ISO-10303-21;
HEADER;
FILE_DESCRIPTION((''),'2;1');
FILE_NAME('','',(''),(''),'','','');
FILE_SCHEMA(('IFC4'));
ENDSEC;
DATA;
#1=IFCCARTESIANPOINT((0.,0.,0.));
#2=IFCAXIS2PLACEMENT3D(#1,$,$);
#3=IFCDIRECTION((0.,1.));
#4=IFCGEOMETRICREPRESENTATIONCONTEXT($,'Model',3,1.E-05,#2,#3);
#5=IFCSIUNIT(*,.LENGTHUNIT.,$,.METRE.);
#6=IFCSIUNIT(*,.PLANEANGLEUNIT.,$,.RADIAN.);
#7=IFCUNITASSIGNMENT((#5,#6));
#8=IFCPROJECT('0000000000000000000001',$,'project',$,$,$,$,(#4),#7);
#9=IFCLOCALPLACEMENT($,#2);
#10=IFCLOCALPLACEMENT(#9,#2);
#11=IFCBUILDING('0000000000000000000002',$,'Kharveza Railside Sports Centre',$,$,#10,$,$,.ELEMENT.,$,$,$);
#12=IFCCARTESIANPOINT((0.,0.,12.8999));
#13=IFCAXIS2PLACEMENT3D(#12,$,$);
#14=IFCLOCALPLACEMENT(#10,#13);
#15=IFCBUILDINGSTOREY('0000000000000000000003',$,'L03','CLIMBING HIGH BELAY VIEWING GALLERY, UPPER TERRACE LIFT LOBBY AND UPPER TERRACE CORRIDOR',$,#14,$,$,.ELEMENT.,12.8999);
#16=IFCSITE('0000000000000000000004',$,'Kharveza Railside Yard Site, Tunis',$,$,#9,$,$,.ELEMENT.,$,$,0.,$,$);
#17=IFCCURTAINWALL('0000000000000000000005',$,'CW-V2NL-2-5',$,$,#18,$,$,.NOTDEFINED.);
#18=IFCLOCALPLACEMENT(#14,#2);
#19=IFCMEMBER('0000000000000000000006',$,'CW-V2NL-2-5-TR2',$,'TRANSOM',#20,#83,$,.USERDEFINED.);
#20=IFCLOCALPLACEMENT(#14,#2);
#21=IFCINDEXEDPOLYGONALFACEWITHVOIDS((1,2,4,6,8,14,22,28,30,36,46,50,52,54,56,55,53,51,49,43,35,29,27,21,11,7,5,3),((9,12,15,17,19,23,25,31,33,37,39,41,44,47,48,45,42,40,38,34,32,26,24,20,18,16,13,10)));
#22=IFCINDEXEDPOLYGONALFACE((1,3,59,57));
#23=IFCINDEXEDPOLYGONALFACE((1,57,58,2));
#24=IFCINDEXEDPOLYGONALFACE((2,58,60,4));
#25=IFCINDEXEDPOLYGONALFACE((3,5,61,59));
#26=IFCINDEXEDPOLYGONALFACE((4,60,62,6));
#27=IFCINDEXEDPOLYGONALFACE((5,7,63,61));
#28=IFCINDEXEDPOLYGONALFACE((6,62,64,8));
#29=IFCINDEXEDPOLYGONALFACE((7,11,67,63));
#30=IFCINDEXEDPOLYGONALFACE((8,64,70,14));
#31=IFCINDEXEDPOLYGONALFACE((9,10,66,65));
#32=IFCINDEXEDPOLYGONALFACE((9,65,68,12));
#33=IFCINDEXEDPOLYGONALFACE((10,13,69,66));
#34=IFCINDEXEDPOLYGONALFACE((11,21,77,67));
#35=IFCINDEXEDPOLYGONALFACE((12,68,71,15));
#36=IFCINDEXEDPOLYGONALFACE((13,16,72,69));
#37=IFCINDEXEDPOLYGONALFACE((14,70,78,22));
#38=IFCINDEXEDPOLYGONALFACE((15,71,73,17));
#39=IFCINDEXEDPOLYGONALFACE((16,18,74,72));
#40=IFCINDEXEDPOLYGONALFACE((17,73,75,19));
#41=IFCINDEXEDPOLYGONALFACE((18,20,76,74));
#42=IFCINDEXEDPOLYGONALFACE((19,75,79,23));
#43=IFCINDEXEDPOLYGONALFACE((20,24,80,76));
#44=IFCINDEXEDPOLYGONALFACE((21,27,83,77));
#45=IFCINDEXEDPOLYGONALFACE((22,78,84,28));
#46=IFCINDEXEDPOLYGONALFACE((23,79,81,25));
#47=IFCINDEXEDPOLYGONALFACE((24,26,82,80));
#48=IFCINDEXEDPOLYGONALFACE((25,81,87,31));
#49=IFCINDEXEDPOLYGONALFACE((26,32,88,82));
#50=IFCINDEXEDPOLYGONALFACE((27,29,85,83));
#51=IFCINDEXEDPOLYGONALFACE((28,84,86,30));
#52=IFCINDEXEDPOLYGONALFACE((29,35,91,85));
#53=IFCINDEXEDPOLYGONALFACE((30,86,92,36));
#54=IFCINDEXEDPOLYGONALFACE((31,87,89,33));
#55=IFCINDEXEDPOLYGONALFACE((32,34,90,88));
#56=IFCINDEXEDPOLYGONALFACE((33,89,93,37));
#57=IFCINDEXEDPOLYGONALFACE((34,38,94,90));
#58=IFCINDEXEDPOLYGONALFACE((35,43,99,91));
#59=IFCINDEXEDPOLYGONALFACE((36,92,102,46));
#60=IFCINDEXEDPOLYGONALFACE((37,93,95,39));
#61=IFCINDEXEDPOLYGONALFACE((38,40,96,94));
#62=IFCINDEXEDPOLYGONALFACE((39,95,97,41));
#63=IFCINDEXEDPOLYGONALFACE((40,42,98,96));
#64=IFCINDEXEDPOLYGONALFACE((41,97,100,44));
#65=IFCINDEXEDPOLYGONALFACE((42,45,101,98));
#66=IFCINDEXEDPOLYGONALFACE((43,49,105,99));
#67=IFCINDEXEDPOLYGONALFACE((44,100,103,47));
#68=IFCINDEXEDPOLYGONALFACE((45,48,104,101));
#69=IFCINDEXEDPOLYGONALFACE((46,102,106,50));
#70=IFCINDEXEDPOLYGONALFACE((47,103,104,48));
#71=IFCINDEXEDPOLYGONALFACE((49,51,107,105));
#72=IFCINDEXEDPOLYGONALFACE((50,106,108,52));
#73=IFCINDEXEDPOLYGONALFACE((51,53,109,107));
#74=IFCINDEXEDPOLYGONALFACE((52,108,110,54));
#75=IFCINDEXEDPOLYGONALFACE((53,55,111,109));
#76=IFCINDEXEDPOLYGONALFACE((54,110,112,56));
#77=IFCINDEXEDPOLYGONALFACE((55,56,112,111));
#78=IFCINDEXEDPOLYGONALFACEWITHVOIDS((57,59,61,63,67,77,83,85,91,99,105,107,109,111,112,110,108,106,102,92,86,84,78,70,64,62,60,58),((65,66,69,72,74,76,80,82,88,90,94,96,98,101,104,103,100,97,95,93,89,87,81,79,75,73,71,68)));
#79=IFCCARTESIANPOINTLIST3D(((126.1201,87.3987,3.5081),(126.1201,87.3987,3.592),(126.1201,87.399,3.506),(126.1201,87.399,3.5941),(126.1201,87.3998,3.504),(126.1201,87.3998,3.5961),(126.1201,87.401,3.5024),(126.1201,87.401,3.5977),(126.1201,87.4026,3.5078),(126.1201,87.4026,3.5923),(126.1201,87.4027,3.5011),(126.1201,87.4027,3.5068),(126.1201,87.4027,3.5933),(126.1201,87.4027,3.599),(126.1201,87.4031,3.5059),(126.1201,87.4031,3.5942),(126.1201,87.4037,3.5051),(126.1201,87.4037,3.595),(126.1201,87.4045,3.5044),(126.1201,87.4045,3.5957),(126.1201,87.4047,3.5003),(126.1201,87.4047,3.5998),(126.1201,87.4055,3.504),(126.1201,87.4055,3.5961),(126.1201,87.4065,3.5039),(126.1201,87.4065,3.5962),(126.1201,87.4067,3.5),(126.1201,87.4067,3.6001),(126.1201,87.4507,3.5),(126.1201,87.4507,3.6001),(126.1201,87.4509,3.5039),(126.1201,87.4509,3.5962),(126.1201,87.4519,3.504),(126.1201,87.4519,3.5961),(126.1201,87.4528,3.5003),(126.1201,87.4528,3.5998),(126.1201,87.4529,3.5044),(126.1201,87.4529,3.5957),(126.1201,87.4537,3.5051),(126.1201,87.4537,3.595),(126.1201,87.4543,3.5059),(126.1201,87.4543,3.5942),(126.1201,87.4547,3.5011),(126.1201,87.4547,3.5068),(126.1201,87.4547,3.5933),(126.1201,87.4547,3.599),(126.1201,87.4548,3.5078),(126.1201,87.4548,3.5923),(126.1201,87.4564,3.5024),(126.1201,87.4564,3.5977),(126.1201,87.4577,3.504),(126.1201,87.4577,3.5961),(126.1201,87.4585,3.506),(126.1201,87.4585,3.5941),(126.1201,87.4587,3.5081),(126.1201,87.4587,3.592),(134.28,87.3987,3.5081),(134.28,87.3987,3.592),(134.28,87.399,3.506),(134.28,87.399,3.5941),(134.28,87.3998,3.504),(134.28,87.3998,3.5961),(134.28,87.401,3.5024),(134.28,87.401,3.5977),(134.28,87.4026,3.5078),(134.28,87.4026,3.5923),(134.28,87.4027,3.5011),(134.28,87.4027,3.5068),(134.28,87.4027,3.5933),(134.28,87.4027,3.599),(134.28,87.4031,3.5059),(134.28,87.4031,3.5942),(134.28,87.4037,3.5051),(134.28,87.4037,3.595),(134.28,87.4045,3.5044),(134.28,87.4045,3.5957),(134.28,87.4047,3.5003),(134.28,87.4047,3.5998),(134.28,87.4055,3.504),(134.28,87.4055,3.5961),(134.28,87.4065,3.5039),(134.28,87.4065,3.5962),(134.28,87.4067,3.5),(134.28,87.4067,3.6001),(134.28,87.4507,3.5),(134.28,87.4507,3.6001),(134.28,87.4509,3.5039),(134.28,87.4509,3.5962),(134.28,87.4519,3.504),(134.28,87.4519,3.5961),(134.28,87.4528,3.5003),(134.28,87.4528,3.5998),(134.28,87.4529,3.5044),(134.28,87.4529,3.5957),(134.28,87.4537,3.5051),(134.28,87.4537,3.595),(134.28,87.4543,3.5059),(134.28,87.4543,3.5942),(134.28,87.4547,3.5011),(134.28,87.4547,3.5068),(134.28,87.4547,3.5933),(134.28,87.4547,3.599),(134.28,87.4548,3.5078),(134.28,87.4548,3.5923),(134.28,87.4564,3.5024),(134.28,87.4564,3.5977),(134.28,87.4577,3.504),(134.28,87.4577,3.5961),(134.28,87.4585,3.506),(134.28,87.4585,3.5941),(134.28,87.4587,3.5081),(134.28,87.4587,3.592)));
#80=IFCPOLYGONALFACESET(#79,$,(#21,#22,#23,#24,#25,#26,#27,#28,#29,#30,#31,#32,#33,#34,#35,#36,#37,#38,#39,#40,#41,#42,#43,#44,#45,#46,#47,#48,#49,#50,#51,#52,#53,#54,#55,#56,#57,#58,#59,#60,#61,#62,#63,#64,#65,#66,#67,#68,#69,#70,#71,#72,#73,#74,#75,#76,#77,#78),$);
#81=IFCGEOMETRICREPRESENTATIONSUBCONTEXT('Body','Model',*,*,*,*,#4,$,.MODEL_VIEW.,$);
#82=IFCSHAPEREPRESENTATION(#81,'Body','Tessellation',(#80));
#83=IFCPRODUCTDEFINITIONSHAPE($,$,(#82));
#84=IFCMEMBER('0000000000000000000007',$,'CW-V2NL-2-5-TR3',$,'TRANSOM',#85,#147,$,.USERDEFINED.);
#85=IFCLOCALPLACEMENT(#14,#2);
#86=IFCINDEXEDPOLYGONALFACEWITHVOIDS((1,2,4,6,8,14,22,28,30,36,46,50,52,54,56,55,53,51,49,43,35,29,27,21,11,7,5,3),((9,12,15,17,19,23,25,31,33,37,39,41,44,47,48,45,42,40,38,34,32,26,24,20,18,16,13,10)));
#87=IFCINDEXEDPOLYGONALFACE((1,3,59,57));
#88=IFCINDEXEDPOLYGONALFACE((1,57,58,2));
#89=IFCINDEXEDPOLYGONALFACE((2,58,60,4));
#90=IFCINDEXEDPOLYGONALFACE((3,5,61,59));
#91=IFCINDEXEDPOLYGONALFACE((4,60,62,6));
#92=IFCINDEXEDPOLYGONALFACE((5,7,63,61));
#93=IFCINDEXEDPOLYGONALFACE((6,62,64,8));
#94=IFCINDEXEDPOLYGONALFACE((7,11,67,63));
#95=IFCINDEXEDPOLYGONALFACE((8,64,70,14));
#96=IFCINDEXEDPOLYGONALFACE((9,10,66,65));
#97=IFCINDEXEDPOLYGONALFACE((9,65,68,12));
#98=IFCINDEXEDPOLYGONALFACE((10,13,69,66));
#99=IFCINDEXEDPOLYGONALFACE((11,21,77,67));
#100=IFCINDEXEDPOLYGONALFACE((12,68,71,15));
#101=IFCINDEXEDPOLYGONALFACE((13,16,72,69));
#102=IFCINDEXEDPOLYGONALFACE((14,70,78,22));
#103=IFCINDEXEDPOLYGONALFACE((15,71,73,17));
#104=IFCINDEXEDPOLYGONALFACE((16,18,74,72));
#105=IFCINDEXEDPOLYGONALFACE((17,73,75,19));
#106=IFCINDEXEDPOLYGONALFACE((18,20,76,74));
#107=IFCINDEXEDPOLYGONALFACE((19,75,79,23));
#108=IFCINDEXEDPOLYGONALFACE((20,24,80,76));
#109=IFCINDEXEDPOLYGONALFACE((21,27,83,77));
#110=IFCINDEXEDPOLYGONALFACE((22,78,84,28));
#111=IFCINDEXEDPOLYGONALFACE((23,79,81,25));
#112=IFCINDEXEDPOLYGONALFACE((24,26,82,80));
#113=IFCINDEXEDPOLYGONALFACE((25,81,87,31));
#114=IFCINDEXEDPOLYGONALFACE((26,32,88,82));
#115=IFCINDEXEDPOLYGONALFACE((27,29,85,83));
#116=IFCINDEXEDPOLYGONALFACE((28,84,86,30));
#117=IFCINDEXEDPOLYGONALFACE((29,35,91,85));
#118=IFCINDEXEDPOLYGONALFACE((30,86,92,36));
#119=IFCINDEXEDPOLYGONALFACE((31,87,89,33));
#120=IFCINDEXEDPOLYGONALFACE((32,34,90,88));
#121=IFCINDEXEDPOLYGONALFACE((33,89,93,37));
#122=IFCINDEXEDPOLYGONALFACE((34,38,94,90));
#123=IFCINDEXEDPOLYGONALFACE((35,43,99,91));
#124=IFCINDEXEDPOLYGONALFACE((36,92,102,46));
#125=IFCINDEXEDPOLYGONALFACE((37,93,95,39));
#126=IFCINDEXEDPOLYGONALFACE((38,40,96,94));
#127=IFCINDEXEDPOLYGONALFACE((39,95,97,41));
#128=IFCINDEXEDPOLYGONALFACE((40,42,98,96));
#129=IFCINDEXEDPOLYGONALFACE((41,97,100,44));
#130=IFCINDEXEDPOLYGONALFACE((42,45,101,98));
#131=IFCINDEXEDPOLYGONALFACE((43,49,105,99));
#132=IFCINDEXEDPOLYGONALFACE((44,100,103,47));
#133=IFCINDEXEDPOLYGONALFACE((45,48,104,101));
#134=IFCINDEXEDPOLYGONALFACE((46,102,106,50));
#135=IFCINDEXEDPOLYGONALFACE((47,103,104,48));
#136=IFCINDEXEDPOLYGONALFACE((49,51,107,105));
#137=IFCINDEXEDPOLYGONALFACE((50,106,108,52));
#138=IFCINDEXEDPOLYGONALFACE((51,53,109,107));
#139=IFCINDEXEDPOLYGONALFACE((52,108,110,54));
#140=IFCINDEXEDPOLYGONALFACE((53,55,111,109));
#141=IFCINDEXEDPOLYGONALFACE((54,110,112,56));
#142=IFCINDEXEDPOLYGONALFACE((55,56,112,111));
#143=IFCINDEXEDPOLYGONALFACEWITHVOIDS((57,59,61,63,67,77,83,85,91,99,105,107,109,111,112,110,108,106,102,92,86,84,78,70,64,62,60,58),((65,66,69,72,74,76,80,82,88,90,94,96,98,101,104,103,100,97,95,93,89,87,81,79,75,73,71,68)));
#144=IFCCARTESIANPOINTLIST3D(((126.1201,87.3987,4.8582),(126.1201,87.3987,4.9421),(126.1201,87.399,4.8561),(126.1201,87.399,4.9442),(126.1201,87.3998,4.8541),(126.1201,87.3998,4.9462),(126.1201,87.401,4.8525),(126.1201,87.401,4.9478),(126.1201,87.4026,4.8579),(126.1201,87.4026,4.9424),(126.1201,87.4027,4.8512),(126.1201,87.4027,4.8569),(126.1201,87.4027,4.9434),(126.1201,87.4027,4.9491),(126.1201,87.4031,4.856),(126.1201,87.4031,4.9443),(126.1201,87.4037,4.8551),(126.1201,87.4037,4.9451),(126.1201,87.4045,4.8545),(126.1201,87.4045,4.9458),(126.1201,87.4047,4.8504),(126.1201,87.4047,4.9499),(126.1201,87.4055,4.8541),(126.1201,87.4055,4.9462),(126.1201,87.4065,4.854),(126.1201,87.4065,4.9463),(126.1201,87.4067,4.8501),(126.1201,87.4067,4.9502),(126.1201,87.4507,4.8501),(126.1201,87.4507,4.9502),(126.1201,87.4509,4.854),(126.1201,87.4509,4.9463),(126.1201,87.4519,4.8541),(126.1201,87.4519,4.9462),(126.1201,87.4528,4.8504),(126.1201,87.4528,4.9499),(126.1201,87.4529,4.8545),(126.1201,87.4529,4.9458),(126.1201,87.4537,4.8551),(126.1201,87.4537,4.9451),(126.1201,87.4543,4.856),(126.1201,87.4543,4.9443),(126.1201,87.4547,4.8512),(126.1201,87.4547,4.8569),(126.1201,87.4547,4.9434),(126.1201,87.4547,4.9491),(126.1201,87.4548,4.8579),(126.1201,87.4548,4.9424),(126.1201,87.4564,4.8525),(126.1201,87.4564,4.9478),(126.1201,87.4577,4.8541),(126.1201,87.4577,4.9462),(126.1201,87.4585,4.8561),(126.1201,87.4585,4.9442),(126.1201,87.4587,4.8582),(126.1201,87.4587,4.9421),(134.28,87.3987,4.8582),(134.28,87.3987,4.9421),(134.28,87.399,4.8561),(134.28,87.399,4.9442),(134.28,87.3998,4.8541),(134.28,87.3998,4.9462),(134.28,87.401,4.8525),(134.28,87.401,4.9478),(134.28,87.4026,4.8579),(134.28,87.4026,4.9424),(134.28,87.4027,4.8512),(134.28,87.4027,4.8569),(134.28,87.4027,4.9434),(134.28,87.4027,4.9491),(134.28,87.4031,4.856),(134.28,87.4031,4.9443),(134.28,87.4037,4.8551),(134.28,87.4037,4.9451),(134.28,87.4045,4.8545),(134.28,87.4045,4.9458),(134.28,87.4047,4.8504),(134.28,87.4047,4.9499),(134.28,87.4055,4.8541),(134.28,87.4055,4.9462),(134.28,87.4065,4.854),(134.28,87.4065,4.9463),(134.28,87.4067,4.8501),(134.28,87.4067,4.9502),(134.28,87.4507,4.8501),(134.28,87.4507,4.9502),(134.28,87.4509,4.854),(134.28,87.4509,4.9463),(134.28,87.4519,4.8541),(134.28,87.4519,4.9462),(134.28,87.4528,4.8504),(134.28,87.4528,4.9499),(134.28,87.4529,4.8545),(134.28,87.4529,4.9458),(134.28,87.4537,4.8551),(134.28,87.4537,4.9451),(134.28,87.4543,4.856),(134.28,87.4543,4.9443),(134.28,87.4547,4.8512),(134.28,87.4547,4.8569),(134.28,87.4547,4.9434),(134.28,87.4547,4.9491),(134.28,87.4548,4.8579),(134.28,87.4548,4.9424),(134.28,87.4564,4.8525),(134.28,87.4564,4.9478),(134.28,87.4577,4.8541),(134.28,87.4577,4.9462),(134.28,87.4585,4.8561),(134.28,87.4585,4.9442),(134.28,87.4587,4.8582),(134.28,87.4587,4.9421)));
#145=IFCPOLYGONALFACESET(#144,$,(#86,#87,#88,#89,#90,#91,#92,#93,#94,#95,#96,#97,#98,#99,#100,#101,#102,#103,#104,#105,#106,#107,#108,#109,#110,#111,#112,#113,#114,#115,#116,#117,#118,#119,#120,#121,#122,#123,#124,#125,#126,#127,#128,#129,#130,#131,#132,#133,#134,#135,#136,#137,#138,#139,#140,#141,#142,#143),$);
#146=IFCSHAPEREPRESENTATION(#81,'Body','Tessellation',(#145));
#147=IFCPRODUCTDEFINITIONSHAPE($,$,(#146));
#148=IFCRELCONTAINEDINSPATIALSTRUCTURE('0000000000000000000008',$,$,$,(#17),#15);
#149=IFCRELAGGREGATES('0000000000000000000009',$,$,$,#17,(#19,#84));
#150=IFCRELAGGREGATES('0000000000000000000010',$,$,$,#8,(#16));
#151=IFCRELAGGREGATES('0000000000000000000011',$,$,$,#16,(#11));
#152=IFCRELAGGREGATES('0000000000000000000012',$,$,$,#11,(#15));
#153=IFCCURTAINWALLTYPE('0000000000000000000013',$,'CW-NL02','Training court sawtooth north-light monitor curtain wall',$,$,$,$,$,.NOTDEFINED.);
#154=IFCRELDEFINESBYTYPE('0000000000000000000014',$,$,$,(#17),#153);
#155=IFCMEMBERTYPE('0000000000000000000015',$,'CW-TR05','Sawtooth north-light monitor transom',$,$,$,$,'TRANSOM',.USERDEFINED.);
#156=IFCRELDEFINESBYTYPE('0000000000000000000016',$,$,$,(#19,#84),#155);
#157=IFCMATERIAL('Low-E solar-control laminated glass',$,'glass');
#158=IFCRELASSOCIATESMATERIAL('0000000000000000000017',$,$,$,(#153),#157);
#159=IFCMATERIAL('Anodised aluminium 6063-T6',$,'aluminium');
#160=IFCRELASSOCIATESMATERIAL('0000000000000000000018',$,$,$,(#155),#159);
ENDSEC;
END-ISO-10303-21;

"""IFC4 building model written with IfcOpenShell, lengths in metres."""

from ifc_helpers import new_model, si_unit, direction, frame, origin, origin_2d, place, context, subcontext, project, spatial, hollow_rectangle, extrude, material, material_profile, profile_set, type_object, element, aggregate, save


model = new_model("IFC4")

# Units and contexts
model_context = context("Model", 3, precision=1e-05, world=origin(), true_north=direction((0.0, 1.0)))
body_context = subcontext(model_context, "Body", "Model", "MODEL_VIEW")
ifc_project = project(units=[si_unit("LENGTHUNIT", "METRE"), si_unit("PLANEANGLEUNIT", "RADIAN")], contexts=[model_context])

# Site, building, storey
site_placement = place(None, origin())
site = spatial("IfcSite", under=ifc_project, at=site_placement, Name="Kharveza Railside Yard Site, Tunis", CompositionType="ELEMENT", RefElevation=0.0)
building_placement = place(site_placement, origin())
building = spatial("IfcBuilding", under=site, at=building_placement, Name="Kharveza Railside Sports Centre", CompositionType="ELEMENT")
storey_placement = place(building_placement, frame((0.0, 0.0, 12.8999)))
storey = spatial("IfcBuildingStorey", under=building, at=storey_placement, Name="L03", Description="CLIMBING HIGH BELAY VIEWING GALLERY, UPPER TERRACE LIFT LOBBY AND UPPER TERRACE CORRIDOR", CompositionType="ELEMENT", Elevation=12.8999)

# Curtain wall
ifc_material_1 = material(Name="Low-E solar-control laminated glass", Category="glass")
curtain_wall_type = type_object("IfcCurtainWallType", Name="CW-NL02", Description="Training court sawtooth north-light monitor curtain wall", PredefinedType="NOTDEFINED", material=ifc_material_1)
curtain_wall_1_placement = place(storey_placement, origin())
curtain_wall_1 = element("IfcCurtainWall", 1, at=curtain_wall_1_placement, inside=storey, type_object=curtain_wall_type, Name="CW-V2NL-2-5", PredefinedType="NOTDEFINED")
ifc_material_2 = material(Name="Anodised aluminium 6063-T6", Category="aluminium")

# Members
ifc_material_profile_1 = material_profile(ifc_material_2, hollow_rectangle(XDim=0.0601, YDim=0.1001, WallThickness=0.0039, InnerFilletRadius=0.0039, OuterFilletRadius=0.0081, at=origin_2d()), Name="RHS 60x100x4.0")
ifc_profile_set_1 = profile_set([ifc_material_profile_1], Name="Anodised aluminium 6063-T6")
member_type_1 = type_object("IfcMemberType", Name="CW-TR05", Description="Sawtooth north-light monitor transom", ElementType="TRANSOM", PredefinedType="USERDEFINED", material=ifc_profile_set_1)
member_1_placement = place(storey_placement, frame((126.1201, 87.4287, 3.55), z_axis=(1.0, 0.0, 0.0), x_axis=(0.0, 1.0, 0.0)))
member_1 = element("IfcMember", 2, at=member_1_placement, type_object=member_type_1, Name="CW-V2NL-2-5-TR2", ObjectType="TRANSOM", PredefinedType="USERDEFINED", context=body_context, shape_type="SweptSolid", body=[
    extrude(hollow_rectangle(XDim=0.0601, YDim=0.1001, WallThickness=0.0039, InnerFilletRadius=0.0039, OuterFilletRadius=0.0081, at=origin_2d()), origin(), (0.0, 0.0, 1.0), 8.1599),
])
member_2_placement = place(storey_placement, frame((126.1201, 87.4287, 4.9001), z_axis=(1.0, 0.0, 0.0), x_axis=(0.0, 1.0, 0.0)))
member_2 = element("IfcMember", 3, at=member_2_placement, type_object=member_type_1, Name="CW-V2NL-2-5-TR3", ObjectType="TRANSOM", PredefinedType="USERDEFINED", context=body_context, shape_type="SweptSolid", body=[
    extrude(hollow_rectangle(XDim=0.0601, YDim=0.1001, WallThickness=0.0039, InnerFilletRadius=0.0039, OuterFilletRadius=0.0081, at=origin_2d()), origin(), (0.0, 0.0, 1.0), 8.1599),
])

aggregate(curtain_wall_1, [member_1, member_2])

save(model, "model.ifc")
